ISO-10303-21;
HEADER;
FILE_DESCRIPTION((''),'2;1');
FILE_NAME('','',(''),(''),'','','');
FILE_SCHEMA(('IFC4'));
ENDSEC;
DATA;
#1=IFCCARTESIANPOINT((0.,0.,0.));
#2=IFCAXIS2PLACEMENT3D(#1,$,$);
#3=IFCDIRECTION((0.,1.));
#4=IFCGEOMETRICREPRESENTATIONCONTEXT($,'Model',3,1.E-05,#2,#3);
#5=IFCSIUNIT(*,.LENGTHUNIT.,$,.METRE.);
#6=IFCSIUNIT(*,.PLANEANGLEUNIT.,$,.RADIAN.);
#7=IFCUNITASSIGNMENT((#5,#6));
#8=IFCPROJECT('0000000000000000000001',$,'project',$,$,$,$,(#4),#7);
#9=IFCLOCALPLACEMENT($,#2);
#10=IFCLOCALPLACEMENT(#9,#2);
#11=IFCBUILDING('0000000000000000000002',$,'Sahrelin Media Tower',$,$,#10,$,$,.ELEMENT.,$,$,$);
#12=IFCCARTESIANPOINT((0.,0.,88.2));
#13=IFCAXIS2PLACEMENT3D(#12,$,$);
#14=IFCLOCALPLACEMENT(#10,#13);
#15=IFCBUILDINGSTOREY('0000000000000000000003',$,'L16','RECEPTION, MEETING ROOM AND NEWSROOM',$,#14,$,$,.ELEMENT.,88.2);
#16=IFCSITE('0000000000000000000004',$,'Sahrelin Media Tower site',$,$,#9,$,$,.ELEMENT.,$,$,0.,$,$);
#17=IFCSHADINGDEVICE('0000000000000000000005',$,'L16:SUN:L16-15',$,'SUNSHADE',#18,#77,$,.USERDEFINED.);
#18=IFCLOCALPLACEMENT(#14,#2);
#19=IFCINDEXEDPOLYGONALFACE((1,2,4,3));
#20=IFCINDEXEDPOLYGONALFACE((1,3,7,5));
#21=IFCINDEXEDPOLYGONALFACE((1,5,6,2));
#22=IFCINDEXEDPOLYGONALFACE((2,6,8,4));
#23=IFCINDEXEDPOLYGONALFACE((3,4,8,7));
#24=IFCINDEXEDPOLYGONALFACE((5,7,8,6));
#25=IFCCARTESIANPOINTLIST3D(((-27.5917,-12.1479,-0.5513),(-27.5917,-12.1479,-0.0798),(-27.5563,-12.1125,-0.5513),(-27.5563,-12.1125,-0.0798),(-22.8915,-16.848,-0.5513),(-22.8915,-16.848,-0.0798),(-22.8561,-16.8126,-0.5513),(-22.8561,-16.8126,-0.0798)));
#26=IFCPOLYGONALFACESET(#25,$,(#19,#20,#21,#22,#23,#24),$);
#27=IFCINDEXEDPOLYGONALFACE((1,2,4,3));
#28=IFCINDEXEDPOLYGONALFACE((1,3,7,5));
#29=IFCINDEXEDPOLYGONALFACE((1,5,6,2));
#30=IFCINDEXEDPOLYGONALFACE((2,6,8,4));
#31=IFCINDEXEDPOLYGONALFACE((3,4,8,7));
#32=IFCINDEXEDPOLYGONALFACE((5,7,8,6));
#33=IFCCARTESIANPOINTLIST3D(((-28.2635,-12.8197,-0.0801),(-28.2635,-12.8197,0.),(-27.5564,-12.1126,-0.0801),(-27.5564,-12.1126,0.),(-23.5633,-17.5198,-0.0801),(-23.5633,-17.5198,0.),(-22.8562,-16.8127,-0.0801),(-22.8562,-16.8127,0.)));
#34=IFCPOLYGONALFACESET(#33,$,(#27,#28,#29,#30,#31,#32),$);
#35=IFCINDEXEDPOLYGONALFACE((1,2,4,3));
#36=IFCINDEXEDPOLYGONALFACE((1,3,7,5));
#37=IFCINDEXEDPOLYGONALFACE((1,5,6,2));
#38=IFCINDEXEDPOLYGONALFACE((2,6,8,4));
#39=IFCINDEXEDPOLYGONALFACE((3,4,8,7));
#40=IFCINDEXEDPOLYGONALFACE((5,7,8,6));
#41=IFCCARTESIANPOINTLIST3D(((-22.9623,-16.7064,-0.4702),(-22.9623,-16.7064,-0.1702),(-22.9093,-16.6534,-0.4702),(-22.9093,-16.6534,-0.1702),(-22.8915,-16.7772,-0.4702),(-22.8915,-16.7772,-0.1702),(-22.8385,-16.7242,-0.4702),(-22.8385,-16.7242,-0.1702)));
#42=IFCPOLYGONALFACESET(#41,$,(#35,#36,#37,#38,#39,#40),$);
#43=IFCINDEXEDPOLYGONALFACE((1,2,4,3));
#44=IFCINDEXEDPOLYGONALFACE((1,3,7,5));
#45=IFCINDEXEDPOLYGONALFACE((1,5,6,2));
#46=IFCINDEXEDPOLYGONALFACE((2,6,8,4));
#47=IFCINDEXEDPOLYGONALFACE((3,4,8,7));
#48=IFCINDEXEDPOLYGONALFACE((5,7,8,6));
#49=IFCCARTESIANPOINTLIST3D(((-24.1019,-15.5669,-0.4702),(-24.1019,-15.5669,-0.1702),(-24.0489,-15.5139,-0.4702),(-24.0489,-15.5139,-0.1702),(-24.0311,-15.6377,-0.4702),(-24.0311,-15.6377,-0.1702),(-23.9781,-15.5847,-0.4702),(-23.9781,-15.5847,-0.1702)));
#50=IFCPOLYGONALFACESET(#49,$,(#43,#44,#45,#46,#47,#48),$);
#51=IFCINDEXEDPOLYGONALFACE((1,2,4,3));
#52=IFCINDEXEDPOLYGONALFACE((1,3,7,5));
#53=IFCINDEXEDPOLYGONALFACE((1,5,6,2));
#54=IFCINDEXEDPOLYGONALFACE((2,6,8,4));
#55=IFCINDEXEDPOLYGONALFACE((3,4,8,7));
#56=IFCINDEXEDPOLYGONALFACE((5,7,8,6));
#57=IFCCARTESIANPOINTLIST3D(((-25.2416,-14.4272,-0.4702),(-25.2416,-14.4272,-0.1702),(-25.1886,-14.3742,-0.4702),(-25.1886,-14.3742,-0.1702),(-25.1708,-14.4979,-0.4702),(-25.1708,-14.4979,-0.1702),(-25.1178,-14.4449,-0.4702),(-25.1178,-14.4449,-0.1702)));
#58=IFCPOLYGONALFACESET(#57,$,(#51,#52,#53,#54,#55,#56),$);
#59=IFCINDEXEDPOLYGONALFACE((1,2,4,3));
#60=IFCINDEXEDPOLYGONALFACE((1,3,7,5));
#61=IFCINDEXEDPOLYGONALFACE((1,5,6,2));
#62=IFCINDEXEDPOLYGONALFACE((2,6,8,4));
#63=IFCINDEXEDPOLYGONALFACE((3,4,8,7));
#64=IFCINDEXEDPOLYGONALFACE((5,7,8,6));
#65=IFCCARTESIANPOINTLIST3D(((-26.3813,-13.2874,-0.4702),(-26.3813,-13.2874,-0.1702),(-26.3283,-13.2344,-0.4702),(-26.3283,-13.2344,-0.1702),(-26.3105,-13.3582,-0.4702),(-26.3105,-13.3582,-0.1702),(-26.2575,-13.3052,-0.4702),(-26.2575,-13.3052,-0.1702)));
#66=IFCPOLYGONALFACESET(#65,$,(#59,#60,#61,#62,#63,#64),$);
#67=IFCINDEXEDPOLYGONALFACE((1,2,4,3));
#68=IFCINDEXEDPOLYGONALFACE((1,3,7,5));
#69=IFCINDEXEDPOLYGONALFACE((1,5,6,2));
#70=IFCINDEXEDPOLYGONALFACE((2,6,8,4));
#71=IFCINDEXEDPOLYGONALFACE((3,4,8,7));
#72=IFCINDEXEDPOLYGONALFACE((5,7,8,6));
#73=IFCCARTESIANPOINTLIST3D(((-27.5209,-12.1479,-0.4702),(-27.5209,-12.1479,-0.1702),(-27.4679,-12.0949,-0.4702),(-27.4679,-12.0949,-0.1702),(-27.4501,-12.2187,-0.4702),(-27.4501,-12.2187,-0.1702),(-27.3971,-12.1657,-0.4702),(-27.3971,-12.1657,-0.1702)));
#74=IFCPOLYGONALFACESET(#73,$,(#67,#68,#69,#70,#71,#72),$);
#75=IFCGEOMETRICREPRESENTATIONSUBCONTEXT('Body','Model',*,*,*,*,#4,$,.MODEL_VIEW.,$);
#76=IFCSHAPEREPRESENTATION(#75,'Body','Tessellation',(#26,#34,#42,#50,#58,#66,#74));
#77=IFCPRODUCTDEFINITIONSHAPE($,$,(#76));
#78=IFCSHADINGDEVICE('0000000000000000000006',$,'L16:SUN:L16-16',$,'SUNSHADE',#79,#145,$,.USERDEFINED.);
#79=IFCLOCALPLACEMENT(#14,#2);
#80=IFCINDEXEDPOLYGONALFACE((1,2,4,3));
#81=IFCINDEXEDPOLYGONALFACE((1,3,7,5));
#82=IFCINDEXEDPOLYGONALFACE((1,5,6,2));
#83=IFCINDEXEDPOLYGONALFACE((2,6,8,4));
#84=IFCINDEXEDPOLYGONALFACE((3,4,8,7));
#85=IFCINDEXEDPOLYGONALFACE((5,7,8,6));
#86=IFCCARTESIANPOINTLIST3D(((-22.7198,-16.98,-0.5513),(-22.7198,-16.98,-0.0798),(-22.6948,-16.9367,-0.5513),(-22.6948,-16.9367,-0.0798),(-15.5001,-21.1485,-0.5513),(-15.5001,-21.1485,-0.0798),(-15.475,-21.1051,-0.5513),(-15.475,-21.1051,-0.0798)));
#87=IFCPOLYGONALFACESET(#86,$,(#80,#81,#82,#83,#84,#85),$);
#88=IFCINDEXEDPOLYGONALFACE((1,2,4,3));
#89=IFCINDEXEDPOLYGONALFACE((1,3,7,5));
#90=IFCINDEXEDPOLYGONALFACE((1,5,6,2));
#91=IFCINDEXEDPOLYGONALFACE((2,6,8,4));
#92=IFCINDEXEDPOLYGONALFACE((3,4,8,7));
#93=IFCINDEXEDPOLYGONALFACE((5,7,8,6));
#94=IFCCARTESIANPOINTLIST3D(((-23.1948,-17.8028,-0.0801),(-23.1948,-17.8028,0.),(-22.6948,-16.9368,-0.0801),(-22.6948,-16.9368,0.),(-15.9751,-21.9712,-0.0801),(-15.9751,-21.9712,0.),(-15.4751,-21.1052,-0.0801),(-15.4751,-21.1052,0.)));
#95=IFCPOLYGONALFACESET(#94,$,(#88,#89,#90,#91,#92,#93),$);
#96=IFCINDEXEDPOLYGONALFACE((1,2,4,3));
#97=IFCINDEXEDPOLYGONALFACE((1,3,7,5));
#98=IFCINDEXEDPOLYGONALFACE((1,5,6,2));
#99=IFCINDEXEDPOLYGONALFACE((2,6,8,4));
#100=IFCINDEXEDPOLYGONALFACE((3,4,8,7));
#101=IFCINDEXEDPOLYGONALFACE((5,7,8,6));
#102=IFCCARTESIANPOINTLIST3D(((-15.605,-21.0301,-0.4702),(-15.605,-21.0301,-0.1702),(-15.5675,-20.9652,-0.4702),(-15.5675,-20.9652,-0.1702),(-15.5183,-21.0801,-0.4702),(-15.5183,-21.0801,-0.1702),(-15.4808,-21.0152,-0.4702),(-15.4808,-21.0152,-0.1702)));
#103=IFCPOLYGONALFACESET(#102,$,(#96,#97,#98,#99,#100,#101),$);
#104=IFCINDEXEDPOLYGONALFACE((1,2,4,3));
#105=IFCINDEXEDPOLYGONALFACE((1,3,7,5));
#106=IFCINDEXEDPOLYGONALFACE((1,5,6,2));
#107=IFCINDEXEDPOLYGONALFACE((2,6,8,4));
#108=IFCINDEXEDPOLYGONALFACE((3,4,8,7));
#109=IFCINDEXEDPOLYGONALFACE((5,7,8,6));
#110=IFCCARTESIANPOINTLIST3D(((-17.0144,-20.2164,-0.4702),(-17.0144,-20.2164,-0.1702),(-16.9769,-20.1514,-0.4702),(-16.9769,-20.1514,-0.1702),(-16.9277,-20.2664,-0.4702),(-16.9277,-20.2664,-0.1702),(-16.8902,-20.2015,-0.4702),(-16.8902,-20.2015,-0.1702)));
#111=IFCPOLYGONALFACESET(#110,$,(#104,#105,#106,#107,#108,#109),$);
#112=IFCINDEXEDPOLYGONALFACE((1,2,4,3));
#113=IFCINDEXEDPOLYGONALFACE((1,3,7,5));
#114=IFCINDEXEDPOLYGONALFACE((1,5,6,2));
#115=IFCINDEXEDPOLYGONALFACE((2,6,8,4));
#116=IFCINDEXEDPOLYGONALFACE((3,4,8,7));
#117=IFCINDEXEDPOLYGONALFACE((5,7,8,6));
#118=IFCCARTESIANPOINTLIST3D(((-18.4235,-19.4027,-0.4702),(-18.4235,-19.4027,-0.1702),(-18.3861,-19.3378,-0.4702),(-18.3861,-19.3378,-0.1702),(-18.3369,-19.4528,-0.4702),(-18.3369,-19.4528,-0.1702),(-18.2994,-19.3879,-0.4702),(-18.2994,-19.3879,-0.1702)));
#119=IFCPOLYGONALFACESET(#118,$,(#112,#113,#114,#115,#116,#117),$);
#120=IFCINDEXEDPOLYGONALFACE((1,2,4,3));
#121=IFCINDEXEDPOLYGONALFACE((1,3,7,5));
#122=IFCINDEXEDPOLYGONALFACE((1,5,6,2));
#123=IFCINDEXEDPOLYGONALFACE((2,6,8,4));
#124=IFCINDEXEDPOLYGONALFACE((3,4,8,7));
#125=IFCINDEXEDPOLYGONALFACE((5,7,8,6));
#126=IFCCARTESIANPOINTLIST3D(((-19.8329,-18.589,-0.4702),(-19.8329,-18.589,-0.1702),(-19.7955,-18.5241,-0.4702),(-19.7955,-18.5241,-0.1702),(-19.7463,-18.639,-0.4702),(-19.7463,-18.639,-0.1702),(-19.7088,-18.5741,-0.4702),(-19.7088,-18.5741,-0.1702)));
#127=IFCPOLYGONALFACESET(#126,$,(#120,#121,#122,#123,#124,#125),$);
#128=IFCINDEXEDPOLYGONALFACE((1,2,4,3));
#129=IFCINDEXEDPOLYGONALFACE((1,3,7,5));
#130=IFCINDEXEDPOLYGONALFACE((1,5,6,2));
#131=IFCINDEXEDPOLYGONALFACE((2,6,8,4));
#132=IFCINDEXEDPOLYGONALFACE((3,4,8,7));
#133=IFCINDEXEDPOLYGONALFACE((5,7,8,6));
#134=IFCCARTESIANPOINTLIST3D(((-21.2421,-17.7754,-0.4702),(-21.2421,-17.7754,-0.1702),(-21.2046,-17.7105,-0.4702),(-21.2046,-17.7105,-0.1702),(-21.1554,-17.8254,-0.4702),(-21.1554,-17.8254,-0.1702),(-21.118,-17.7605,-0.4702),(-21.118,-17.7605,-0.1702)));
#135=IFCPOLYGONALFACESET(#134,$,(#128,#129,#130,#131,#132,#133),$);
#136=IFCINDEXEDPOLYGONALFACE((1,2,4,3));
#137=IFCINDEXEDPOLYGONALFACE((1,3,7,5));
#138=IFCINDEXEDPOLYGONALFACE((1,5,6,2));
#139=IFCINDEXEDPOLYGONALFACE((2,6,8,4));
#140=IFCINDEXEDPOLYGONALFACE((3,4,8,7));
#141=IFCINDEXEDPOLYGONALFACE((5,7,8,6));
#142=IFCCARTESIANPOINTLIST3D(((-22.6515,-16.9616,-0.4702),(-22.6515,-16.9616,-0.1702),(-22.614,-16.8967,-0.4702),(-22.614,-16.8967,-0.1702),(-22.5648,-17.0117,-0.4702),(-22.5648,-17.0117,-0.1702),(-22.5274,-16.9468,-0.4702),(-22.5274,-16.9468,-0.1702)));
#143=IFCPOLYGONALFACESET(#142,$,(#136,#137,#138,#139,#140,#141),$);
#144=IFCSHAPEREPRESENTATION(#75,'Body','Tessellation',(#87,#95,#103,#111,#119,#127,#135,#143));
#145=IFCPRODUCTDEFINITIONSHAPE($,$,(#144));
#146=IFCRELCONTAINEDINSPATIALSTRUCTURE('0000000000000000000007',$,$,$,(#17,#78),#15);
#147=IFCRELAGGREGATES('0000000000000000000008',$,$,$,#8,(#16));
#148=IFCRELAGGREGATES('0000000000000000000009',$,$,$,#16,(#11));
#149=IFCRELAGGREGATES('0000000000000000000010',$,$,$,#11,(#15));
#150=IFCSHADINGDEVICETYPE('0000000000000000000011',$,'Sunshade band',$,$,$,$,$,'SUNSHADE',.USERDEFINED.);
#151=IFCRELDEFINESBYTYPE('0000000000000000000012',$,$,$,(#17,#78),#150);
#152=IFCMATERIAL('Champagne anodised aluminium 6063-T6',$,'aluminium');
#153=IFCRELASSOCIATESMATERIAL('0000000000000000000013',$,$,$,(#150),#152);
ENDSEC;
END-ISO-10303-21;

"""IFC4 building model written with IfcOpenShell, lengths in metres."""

from ifc_helpers import new_model, si_unit, direction, frame, origin, origin_2d, place, context, subcontext, project, spatial, rectangle, extrude, material, type_object, element, save


model = new_model("IFC4")

# Units and contexts
model_context = context("Model", 3, precision=1e-05, world=origin(), true_north=direction((0.0, 1.0)))
body_context = subcontext(model_context, "Body", "Model", "MODEL_VIEW")
ifc_project = project(units=[si_unit("LENGTHUNIT", "METRE"), si_unit("PLANEANGLEUNIT", "RADIAN")], contexts=[model_context])

# Site, building, storey
site_placement = place(None, origin())
site = spatial("IfcSite", under=ifc_project, at=site_placement, Name="Sahrelin Media Tower site", CompositionType="ELEMENT", RefElevation=0.0)
building_placement = place(site_placement, origin())
building = spatial("IfcBuilding", under=site, at=building_placement, Name="Sahrelin Media Tower", CompositionType="ELEMENT")
storey_placement = place(building_placement, frame((0.0, 0.0, 88.2)))
storey = spatial("IfcBuildingStorey", under=building, at=storey_placement, Name="L16", Description="RECEPTION, MEETING ROOM AND NEWSROOM", CompositionType="ELEMENT", Elevation=88.2)

# Shared definitions
ifc_material_1 = material(Name="Champagne anodised aluminium 6063-T6", Category="aluminium")

# Shading devices
placement_1 = place(storey_placement, frame((-25.1921, -14.4485, 0.0), z_axis=(0.0, 0.0, 1.0), x_axis=(-0.707107, 0.707107, 0.0)))
placement_2 = place(storey_placement, frame((-19.075, -19.0037, 0.0), z_axis=(0.0, 0.0, 1.0), x_axis=(-0.866019, 0.500011, 0.0)))
shading_device_type_1 = type_object("IfcShadingDeviceType", Name="Sunshade band", ElementType="SUNSHADE", PredefinedType="USERDEFINED", material=ifc_material_1)
element("IfcShadingDevice", 1, at=placement_1, inside=storey, type_object=shading_device_type_1, Name="L16:SUN:L16-15", ObjectType="SUNSHADE", PredefinedType="USERDEFINED", context=body_context, shape_type="SweptSolid", body=[
    extrude(rectangle(XDim=6.647, YDim=0.05, at=origin_2d()), frame((0.0, 0.0449, -0.5513)), (0.0, 0.0, 1.0), 0.4714),
    extrude(rectangle(XDim=6.647, YDim=1.0, at=origin_2d()), frame((0.0, 0.52, -0.0801)), (0.0, 0.0, 1.0), 0.0801),
    extrude(rectangle(XDim=0.1001, YDim=0.075, at=origin_2d()), frame((-3.2234, -0.0176, -0.4702)), (0.0, 0.0, 1.0), 0.3),
    extrude(rectangle(XDim=0.1001, YDim=0.075, at=origin_2d()), frame((-1.6118, -0.0176, -0.4702)), (0.0, 0.0, 1.0), 0.3),
    extrude(rectangle(XDim=0.1001, YDim=0.075, at=origin_2d()), frame((0.0, -0.0176, -0.4702)), (0.0, 0.0, 1.0), 0.3),
    extrude(rectangle(XDim=0.1001, YDim=0.075, at=origin_2d()), frame((1.6118, -0.0176, -0.4702)), (0.0, 0.0, 1.0), 0.3),
    extrude(rectangle(XDim=0.1001, YDim=0.075, at=origin_2d()), frame((3.2234, -0.0176, -0.4702)), (0.0, 0.0, 1.0), 0.3),
])
element("IfcShadingDevice", 2, at=placement_2, inside=storey, type_object=shading_device_type_1, Name="L16:SUN:L16-16", ObjectType="SUNSHADE", PredefinedType="USERDEFINED", context=body_context, shape_type="SweptSolid", body=[
    extrude(rectangle(XDim=8.3367, YDim=0.05, at=origin_2d()), frame((0.0, 0.0449, -0.5513)), (0.0, 0.0, 1.0), 0.4714),
    extrude(rectangle(XDim=8.3367, YDim=1.0, at=origin_2d()), frame((0.0, 0.52, -0.0801)), (0.0, 0.0, 1.0), 0.0801),
    extrude(rectangle(XDim=0.1001, YDim=0.075, at=origin_2d()), frame((-4.0684, -0.0176, -0.4702)), (0.0, 0.0, 1.0), 0.3),
    extrude(rectangle(XDim=0.1001, YDim=0.075, at=origin_2d()), frame((-2.4409, -0.0176, -0.4702)), (0.0, 0.0, 1.0), 0.3),
    extrude(rectangle(XDim=0.1001, YDim=0.075, at=origin_2d()), frame((-0.8137, -0.0176, -0.4702)), (0.0, 0.0, 1.0), 0.3),
    extrude(rectangle(XDim=0.1001, YDim=0.075, at=origin_2d()), frame((0.8137, -0.0176, -0.4702)), (0.0, 0.0, 1.0), 0.3),
    extrude(rectangle(XDim=0.1001, YDim=0.075, at=origin_2d()), frame((2.4409, -0.0176, -0.4702)), (0.0, 0.0, 1.0), 0.3),
    extrude(rectangle(XDim=0.1001, YDim=0.075, at=origin_2d()), frame((4.0684, -0.0176, -0.4702)), (0.0, 0.0, 1.0), 0.3),
])

save(model, "model.ifc")
